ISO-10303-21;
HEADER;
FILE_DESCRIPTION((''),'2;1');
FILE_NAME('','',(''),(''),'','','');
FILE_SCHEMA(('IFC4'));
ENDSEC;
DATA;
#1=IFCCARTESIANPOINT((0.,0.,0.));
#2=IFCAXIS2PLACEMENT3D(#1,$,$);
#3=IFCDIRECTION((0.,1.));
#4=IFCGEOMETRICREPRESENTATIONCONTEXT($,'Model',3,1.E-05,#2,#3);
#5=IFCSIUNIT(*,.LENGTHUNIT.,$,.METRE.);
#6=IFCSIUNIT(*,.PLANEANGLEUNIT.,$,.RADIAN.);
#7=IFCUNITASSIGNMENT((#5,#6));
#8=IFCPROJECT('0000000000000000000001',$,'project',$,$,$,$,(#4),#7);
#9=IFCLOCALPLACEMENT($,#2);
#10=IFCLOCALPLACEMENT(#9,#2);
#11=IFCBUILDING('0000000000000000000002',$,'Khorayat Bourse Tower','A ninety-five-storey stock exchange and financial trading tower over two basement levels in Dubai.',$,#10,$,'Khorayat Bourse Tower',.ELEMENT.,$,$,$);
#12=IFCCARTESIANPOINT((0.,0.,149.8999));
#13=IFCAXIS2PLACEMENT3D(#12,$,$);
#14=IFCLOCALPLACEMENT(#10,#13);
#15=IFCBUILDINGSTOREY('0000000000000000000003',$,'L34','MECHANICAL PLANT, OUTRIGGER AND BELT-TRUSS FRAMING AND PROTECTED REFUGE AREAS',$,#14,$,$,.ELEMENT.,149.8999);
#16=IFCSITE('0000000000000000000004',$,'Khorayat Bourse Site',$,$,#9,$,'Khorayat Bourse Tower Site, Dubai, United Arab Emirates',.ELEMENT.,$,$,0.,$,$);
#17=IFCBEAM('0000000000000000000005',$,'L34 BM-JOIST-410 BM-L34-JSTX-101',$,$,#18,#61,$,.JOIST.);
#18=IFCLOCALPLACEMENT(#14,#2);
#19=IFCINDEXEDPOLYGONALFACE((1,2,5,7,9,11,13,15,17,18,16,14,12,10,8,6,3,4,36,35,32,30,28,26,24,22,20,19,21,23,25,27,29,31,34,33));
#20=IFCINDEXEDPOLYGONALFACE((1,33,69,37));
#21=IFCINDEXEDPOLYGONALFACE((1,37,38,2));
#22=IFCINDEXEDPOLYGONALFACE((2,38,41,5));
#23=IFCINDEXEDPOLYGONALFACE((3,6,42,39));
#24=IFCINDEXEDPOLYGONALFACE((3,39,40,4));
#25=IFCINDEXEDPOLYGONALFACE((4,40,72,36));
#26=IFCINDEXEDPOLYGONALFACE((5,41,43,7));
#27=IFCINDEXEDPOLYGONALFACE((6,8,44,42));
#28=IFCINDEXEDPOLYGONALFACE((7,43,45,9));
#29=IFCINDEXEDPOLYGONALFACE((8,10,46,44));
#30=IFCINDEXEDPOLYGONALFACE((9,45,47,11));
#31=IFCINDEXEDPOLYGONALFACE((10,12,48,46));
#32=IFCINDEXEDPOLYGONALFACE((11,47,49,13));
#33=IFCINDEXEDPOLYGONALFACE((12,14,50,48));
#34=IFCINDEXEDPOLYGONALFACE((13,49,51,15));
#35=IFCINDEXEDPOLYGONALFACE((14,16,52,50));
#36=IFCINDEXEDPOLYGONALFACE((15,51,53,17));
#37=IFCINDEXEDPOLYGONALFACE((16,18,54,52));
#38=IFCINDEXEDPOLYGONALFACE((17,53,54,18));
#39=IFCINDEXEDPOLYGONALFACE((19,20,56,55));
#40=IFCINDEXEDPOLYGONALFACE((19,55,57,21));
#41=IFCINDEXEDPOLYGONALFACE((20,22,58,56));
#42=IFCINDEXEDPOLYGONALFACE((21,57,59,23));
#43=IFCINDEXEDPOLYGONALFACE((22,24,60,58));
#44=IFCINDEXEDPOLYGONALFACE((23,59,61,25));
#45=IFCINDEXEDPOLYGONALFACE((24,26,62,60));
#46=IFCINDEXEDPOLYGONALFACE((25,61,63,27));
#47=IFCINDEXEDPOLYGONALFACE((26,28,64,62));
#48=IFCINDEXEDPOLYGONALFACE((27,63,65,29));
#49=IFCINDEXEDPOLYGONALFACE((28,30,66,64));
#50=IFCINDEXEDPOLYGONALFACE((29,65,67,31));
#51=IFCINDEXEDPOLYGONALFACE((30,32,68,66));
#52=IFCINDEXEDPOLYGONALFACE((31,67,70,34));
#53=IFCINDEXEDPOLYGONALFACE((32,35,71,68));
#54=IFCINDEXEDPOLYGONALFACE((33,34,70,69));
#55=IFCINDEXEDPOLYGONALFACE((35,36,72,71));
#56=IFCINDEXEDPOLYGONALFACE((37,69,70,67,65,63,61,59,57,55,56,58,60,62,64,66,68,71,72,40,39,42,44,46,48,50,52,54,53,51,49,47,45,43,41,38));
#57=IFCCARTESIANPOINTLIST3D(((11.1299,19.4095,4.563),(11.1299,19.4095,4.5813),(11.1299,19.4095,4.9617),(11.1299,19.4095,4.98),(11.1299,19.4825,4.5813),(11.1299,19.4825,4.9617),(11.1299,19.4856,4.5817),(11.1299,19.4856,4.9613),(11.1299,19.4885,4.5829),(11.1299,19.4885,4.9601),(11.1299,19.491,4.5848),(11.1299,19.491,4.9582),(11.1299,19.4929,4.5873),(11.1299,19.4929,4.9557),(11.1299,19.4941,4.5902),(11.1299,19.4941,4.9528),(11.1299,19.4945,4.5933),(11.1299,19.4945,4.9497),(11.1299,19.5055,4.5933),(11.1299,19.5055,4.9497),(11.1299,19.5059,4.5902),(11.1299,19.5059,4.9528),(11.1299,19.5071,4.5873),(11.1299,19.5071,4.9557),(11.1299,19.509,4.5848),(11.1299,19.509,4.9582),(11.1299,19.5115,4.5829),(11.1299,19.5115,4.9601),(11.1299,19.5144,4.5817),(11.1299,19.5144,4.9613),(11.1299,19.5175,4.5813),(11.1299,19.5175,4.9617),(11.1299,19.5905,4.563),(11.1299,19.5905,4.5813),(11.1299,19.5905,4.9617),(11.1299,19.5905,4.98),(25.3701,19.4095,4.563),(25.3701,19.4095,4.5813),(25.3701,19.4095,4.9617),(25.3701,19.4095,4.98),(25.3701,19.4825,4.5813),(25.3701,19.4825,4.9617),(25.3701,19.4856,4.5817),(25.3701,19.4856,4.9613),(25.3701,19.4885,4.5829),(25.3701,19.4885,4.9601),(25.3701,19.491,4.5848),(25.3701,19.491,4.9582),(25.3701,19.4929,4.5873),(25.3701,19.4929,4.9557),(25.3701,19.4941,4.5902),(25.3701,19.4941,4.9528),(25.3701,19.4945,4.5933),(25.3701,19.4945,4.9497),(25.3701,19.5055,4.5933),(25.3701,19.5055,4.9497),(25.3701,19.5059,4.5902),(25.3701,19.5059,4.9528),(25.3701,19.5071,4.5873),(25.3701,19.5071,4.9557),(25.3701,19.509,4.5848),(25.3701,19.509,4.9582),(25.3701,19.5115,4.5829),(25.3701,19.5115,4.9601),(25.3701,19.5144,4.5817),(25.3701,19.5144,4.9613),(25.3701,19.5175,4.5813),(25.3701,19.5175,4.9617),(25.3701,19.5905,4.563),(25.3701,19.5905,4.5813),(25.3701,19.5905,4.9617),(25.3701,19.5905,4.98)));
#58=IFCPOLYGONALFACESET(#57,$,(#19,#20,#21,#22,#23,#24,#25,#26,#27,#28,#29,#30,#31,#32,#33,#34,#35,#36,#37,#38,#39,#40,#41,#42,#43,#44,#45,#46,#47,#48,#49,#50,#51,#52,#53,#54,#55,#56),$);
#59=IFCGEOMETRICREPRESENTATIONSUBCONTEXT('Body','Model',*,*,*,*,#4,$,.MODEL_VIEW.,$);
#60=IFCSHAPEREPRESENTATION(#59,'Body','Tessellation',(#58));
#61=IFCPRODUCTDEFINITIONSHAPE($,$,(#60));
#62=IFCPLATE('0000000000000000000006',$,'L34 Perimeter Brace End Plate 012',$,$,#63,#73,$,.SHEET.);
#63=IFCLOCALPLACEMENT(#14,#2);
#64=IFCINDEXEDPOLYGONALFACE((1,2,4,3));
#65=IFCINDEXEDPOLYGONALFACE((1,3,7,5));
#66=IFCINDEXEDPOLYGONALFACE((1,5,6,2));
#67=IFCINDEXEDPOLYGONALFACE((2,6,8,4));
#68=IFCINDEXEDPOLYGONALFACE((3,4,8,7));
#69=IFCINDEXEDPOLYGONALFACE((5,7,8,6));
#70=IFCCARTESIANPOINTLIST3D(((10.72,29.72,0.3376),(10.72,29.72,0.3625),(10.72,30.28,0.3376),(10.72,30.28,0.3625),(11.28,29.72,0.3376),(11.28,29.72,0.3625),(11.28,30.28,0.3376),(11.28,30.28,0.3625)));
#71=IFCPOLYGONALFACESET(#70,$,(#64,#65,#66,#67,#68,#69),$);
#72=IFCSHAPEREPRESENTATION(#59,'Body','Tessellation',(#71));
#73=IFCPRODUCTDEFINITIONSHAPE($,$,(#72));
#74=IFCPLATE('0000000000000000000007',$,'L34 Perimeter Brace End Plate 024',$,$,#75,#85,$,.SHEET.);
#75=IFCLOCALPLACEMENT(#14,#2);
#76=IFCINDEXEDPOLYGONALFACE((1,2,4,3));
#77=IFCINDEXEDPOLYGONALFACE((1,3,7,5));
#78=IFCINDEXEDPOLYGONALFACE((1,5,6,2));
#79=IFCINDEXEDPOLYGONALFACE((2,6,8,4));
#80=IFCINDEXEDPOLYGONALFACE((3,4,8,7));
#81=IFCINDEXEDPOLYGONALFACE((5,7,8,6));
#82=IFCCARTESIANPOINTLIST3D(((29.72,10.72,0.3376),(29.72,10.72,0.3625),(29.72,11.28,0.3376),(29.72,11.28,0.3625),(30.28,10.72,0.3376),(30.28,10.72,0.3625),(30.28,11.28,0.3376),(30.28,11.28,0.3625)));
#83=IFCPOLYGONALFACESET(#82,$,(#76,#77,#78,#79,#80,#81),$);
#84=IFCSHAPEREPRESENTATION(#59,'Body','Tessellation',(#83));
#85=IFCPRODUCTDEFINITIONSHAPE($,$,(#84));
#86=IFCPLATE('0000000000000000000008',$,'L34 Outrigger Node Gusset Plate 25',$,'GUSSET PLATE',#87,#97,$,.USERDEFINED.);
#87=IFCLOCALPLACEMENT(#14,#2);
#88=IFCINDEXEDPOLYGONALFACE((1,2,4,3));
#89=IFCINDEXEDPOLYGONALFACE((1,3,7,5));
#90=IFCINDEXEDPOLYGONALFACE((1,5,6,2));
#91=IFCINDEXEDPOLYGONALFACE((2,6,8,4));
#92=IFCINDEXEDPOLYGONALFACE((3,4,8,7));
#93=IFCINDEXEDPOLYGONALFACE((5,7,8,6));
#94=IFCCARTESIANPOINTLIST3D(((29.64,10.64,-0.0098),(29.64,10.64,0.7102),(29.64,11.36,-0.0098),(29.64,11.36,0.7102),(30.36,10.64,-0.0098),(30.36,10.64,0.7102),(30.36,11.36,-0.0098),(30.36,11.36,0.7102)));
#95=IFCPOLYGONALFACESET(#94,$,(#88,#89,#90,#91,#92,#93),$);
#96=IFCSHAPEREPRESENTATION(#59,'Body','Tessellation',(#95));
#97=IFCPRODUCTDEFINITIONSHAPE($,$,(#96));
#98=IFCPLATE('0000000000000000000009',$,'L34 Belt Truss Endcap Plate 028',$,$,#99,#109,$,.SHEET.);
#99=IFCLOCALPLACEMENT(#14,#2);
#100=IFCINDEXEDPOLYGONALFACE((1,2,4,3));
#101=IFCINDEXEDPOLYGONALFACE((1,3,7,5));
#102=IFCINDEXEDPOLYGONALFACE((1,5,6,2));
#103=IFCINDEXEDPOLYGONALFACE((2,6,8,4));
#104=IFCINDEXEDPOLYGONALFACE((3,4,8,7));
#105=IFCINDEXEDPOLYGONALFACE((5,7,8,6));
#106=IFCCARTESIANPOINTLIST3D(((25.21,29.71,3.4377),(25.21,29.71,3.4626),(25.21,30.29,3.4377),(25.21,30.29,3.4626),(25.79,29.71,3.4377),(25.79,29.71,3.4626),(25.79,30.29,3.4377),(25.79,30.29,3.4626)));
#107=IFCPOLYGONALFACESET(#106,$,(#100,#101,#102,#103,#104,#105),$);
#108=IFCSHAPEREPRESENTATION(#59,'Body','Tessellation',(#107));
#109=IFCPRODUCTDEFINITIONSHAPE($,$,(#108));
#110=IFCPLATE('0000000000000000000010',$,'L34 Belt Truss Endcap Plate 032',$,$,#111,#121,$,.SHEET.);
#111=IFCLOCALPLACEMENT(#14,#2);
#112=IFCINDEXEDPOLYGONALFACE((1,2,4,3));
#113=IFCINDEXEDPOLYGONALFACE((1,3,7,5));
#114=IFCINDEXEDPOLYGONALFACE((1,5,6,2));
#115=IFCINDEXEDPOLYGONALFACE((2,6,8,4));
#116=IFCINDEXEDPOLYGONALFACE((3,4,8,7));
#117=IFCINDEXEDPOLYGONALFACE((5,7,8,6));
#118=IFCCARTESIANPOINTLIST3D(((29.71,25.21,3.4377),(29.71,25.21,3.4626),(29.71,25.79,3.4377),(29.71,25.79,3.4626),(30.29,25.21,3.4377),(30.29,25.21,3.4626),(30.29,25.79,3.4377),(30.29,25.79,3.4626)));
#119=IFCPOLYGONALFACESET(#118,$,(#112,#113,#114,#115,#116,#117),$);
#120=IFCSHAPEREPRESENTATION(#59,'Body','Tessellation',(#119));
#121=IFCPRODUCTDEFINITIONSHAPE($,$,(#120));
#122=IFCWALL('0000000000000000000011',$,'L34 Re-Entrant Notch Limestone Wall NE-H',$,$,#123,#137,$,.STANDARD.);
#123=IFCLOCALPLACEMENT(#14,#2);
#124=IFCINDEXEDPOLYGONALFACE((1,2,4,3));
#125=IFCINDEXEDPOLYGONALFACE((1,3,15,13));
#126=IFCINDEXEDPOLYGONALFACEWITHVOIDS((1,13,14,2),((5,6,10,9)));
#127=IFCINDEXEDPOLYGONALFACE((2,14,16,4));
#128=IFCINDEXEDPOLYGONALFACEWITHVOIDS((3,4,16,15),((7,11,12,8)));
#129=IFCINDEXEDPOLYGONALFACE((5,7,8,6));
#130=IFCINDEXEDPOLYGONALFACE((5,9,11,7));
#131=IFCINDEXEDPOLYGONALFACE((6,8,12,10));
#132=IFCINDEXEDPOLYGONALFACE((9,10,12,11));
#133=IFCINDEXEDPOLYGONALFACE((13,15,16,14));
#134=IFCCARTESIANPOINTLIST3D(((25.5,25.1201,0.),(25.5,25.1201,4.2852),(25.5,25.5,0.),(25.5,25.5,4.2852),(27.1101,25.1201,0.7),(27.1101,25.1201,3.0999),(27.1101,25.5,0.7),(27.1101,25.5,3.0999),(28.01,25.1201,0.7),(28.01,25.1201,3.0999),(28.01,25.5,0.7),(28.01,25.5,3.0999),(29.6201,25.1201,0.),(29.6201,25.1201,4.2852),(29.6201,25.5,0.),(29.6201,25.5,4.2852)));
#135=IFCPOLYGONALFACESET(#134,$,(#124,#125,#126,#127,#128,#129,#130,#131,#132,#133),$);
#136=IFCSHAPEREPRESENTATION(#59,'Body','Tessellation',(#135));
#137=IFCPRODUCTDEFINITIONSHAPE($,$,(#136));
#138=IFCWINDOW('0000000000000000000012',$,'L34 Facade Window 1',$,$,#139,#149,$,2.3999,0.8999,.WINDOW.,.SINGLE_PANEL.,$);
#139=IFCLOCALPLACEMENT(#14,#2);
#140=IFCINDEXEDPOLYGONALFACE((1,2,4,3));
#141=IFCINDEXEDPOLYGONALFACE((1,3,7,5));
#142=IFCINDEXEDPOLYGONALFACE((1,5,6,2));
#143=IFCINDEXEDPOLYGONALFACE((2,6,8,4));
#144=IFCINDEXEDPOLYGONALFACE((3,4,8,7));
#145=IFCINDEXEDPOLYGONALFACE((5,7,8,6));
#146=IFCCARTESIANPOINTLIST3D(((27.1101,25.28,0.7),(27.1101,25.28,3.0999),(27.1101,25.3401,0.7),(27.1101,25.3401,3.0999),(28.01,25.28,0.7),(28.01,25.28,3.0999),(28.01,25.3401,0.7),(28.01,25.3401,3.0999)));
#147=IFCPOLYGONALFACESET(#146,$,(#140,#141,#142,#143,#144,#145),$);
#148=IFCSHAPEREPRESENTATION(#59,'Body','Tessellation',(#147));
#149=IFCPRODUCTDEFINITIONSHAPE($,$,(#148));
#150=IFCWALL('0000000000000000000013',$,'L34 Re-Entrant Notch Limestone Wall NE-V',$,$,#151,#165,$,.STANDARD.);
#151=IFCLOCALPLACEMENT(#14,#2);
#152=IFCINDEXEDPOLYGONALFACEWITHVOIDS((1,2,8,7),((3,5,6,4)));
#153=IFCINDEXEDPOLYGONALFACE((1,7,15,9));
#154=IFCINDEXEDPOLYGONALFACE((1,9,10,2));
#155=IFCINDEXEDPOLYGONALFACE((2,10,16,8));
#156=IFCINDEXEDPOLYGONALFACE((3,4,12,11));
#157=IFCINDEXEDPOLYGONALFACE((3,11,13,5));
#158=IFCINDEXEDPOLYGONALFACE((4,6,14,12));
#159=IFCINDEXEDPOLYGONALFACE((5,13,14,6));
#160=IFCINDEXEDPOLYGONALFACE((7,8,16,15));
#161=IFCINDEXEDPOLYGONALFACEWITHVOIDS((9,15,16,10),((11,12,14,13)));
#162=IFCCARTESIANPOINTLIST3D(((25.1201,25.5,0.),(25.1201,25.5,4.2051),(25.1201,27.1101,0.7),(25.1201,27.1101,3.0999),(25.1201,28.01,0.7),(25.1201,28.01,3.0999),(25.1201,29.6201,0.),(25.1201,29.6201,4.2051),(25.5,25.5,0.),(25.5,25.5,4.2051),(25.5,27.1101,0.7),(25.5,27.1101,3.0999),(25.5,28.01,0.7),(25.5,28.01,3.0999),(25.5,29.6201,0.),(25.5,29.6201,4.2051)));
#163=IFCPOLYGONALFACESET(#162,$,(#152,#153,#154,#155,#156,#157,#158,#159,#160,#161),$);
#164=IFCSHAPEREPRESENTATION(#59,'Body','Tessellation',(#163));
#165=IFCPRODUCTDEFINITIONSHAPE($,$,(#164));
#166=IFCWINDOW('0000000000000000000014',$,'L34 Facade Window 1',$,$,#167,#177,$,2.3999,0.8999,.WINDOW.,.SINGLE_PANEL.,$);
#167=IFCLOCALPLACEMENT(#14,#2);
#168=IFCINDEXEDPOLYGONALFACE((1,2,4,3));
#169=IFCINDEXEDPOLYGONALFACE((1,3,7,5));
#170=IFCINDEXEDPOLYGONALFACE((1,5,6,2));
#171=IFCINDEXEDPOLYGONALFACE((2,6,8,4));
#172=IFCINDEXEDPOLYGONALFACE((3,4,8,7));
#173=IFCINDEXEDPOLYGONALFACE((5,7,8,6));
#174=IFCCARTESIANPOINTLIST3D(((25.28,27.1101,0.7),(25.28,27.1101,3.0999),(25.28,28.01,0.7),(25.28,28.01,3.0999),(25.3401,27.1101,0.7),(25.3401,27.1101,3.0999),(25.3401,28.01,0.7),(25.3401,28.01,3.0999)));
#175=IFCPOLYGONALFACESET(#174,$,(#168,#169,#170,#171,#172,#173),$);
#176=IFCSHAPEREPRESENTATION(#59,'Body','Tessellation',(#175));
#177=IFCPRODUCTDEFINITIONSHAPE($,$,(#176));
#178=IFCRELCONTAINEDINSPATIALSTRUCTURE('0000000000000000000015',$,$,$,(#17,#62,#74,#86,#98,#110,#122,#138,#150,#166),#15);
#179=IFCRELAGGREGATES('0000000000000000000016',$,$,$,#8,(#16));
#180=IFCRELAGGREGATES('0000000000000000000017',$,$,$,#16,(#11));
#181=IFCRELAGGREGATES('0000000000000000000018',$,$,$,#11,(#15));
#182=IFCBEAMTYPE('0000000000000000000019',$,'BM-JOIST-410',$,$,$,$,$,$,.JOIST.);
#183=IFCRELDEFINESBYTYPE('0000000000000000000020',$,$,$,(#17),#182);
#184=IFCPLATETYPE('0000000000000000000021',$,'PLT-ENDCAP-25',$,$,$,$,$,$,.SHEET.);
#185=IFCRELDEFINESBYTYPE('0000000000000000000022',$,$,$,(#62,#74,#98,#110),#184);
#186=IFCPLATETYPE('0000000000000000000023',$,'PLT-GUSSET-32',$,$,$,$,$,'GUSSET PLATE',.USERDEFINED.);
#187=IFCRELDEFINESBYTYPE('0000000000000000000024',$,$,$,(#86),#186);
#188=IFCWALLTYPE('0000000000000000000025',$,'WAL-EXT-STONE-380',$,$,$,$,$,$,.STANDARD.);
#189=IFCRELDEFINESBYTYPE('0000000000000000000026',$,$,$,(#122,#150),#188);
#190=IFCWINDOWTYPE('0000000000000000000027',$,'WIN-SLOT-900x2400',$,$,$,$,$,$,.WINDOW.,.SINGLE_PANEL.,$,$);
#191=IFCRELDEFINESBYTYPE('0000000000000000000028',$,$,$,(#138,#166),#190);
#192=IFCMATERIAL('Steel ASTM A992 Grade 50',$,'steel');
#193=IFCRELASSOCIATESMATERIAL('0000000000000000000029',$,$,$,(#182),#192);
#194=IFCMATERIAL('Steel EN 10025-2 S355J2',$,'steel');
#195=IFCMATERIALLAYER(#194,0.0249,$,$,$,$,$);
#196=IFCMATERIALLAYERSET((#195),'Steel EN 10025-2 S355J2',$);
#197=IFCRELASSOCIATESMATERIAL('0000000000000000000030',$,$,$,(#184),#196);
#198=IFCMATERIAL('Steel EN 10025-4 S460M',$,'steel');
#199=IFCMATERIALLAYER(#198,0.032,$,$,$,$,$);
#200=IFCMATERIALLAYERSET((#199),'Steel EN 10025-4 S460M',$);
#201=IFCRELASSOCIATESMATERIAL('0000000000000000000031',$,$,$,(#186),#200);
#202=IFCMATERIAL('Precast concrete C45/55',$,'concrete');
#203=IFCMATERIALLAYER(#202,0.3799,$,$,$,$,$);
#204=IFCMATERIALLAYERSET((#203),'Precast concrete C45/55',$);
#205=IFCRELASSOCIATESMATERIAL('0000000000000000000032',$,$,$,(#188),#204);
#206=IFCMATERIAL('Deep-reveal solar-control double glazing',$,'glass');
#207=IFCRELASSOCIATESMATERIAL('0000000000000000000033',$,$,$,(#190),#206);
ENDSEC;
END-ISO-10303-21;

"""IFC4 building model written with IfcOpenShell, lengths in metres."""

from ifc_helpers import new_model, si_unit, direction, frame, frame_2d, origin, origin_2d, place, context, subcontext, project, spatial, rectangle, i_section, extrude, source, transform, mapped, material, layer, layer_set, material_profile, profile_set, type_object, element, fill, save


model = new_model("IFC4")

# Units and contexts
model_context = context("Model", 3, precision=1e-05, world=origin(), true_north=direction((0.0, 1.0)))
body_context = subcontext(model_context, "Body", "Model", "MODEL_VIEW")
ifc_project = project(units=[si_unit("LENGTHUNIT", "METRE"), si_unit("PLANEANGLEUNIT", "RADIAN")], contexts=[model_context])

# Site, building, storey
site_placement = place(None, origin())
site = spatial("IfcSite", under=ifc_project, at=site_placement, Name="Khorayat Bourse Site", LongName="Khorayat Bourse Tower Site, Dubai, United Arab Emirates", CompositionType="ELEMENT", RefElevation=0.0)
building_placement = place(site_placement, origin())
building = spatial("IfcBuilding", under=site, at=building_placement, Name="Khorayat Bourse Tower", Description="A ninety-five-storey stock exchange and financial trading tower over two basement levels in Dubai.", LongName="Khorayat Bourse Tower", CompositionType="ELEMENT")
storey_placement = place(building_placement, frame((0.0, 0.0, 149.8999)))
storey = spatial("IfcBuildingStorey", under=building, at=storey_placement, Name="L34", Description="MECHANICAL PLANT, OUTRIGGER AND BELT-TRUSS FRAMING AND PROTECTED REFUGE AREAS", CompositionType="ELEMENT", Elevation=149.8999)

# Shared definitions
ifc_material_1 = material(Name="Steel EN 10025-4 S460M", Category="steel")

# Beam
ifc_material_2 = material(Name="Steel ASTM A992 Grade 50", Category="steel")
ifc_material_profile_1 = material_profile(ifc_material_2, i_section(OverallWidth=0.1809, OverallDepth=0.417, WebThickness=0.011, FlangeThickness=0.0183, FilletRadius=0.012, at=origin_2d()), Name="W410X85")
ifc_profile_set_1 = profile_set([ifc_material_profile_1], Name="Steel ASTM A992 Grade 50")
beam_type_1 = type_object("IfcBeamType", Name="BM-JOIST-410", PredefinedType="JOIST", material=ifc_profile_set_1)
shared_shape_1 = source(origin(), body_context, "Body", "SweptSolid", [
    extrude(i_section(OverallWidth=0.1809, OverallDepth=0.417, WebThickness=0.011, FlangeThickness=0.0183, FilletRadius=0.012, at=origin_2d()), origin(), (0.0, 0.0, 1.0), 14.2402),
])
beam_1_placement = place(storey_placement, frame((11.1299, 19.5, 4.7715), z_axis=(1.0, 0.0, 0.0), x_axis=(0.0, 1.0, 0.0)))
element("IfcBeam", 1, at=beam_1_placement, inside=storey, type_object=beam_type_1, Name="L34 BM-JOIST-410 BM-L34-JSTX-101", PredefinedType="JOIST", context=body_context, shape_type="MappedRepresentation", body=[
    mapped(shared_shape_1, transform((0.0, 0.0, 0.0), scale=1.0)),
])

# Plates
ifc_material_3 = material(Name="Steel EN 10025-2 S355J2", Category="steel")
ifc_layer_1 = layer(ifc_material_3, 0.0249)
ifc_layer_set_1 = layer_set([ifc_layer_1], Name="Steel EN 10025-2 S355J2")
plate_type_1 = type_object("IfcPlateType", Name="PLT-ENDCAP-25", PredefinedType="SHEET", material=ifc_layer_set_1)
shared_shape_2 = source(origin(), body_context, "Body", "SweptSolid", [
    extrude(rectangle(XDim=0.5601, YDim=0.5601, at=origin_2d()), origin(), (0.0, 0.0, 1.0), 0.0249),
])
for number, where, z_axis, x_axis, name in (
    (2, (11.0, 30.0, 0.3376), (0.0, 0.0, 1.0), (1.0, 0.0, 0.0), "L34 Perimeter Brace End Plate 012"),
    (3, (30.0, 11.0, 0.3376), (0.0, 0.0, 1.0), (1.0, 0.0, 0.0), "L34 Perimeter Brace End Plate 024"),
):
    element("IfcPlate", number, at=place(storey_placement, frame(where, z_axis=z_axis, x_axis=x_axis)), inside=storey, type_object=plate_type_1, Name=name, PredefinedType="SHEET", context=body_context, shape_type="MappedRepresentation", body=[
        mapped(shared_shape_2, transform((0.0, 0.0, 0.0), scale=1.0)),
    ])
ifc_layer_2 = layer(ifc_material_1, 0.032)
ifc_layer_set_2 = layer_set([ifc_layer_2], Name="Steel EN 10025-4 S460M")
plate_type_2 = type_object("IfcPlateType", Name="PLT-GUSSET-32", ElementType="GUSSET PLATE", PredefinedType="USERDEFINED", material=ifc_layer_set_2)
shared_shape_3 = source(origin(), body_context, "Body", "SweptSolid", [
    extrude(rectangle(XDim=0.72, YDim=0.72, at=origin_2d()), origin(), (0.0, 0.0, 1.0), 0.72),
])
plate_placement = place(storey_placement, frame((30.0, 11.0, -0.0098), z_axis=(0.0, 0.0, 1.0), x_axis=(1.0, 0.0, 0.0)))
element("IfcPlate", 4, at=plate_placement, inside=storey, type_object=plate_type_2, Name="L34 Outrigger Node Gusset Plate 25", ObjectType="GUSSET PLATE", PredefinedType="USERDEFINED", context=body_context, shape_type="MappedRepresentation", body=[
    mapped(shared_shape_3, transform((0.0, 0.0, 0.0), scale=1.0)),
])
shared_shape_4 = source(origin(), body_context, "Body", "SweptSolid", [
    extrude(rectangle(XDim=0.5801, YDim=0.5801, at=origin_2d()), origin(), (0.0, 0.0, 1.0), 0.0249),
])
for number, where, z_axis, x_axis, name in (
    (5, (25.5, 30.0, 3.4377), (0.0, 0.0, 1.0), (1.0, 0.0, 0.0), "L34 Belt Truss Endcap Plate 028"),
    (6, (30.0, 25.5, 3.4377), (0.0, 0.0, 1.0), (1.0, 0.0, 0.0), "L34 Belt Truss Endcap Plate 032"),
):
    element("IfcPlate", number, at=place(storey_placement, frame(where, z_axis=z_axis, x_axis=x_axis)), inside=storey, type_object=plate_type_1, Name=name, PredefinedType="SHEET", context=body_context, shape_type="MappedRepresentation", body=[
        mapped(shared_shape_4, transform((0.0, 0.0, 0.0), scale=1.0)),
    ])

# Walls, openings, windows
ifc_material_4 = material(Name="Precast concrete C45/55", Category="concrete")
ifc_layer_3 = layer(ifc_material_4, 0.3799)
ifc_layer_set_3 = layer_set([ifc_layer_3], Name="Precast concrete C45/55")
wall_type = type_object("IfcWallType", Name="WAL-EXT-STONE-380", PredefinedType="STANDARD", material=ifc_layer_set_3)
shared_shape_5 = source(origin(), body_context, "Body", "SweptSolid", [
    extrude(rectangle(XDim=4.1201, YDim=0.3799, at=frame_2d((2.0601, 0.0))), origin(), (0.0, 0.0, 1.0), 4.2852),
])
wall_1_placement = place(storey_placement, frame((25.5, 25.3101, 0.0), z_axis=(0.0, 0.0, 1.0), x_axis=(1.0, 0.0, 0.0)))
wall_1 = element("IfcWall", 7, at=wall_1_placement, inside=storey, type_object=wall_type, Name="L34 Re-Entrant Notch Limestone Wall NE-H", PredefinedType="STANDARD", context=body_context, shape_type="MappedRepresentation", body=[
    mapped(shared_shape_5, transform((0.0, 0.0, 0.0), scale=1.0)),
])
shared_shape_6 = source(origin(), body_context, "Body", "SweptSolid", [
    extrude(rectangle(XDim=0.8999, YDim=2.3999, at=frame_2d((0.45, 1.2))), frame((0.0, 0.2, 0.0), z_axis=(0.0, -1.0, 0.0), x_axis=(1.0, 0.0, 0.0)), (0.0, 0.0, 1.0), 0.3999),
])
opening_1_placement = place(wall_1_placement, frame((1.6101, 0.0, 0.7)))
opening_1 = element("IfcOpeningElement", 8, at=opening_1_placement, cuts=wall_1, PredefinedType="OPENING", context=body_context, shape_type="MappedRepresentation", body=[
    mapped(shared_shape_6, transform((0.0, 0.0, 0.0), scale=1.0)),
])
ifc_material_5 = material(Name="Deep-reveal solar-control double glazing", Category="glass")
window_type = type_object("IfcWindowType", Name="WIN-SLOT-900x2400", PartitioningType="SINGLE_PANEL", PredefinedType="WINDOW", material=ifc_material_5)
shared_shape_7 = source(origin(), body_context, "Body", "SweptSolid", [
    extrude(rectangle(XDim=0.8999, YDim=2.3999, at=frame_2d((0.45, 1.2))), frame((0.0, 0.03, 0.0), z_axis=(0.0, -1.0, 0.0), x_axis=(1.0, 0.0, 0.0)), (0.0, 0.0, 1.0), 0.0601),
])
window_1_placement = place(opening_1_placement, origin())
window_1 = element("IfcWindow", 9, at=window_1_placement, inside=storey, type_object=window_type, Name="L34 Facade Window 1", OverallHeight=2.3999, OverallWidth=0.8999, PartitioningType="SINGLE_PANEL", PredefinedType="WINDOW", context=body_context, shape_type="MappedRepresentation", body=[
    mapped(shared_shape_7, transform((0.0, 0.0, 0.0), scale=1.0)),
])
fill(opening_1, window_1)
shared_shape_8 = source(origin(), body_context, "Body", "SweptSolid", [
    extrude(rectangle(XDim=4.1201, YDim=0.3799, at=frame_2d((2.0601, 0.0))), origin(), (0.0, 0.0, 1.0), 4.2051),
])
wall_2_placement = place(storey_placement, frame((25.3101, 25.5, 0.0), z_axis=(0.0, 0.0, 1.0), x_axis=(0.0, 1.0, 0.0)))
wall_2 = element("IfcWall", 10, at=wall_2_placement, inside=storey, type_object=wall_type, Name="L34 Re-Entrant Notch Limestone Wall NE-V", PredefinedType="STANDARD", context=body_context, shape_type="MappedRepresentation", body=[
    mapped(shared_shape_8, transform((0.0, 0.0, 0.0), scale=1.0)),
])
opening_2_placement = place(wall_2_placement, frame((1.6101, 0.0, 0.7)))
opening_2 = element("IfcOpeningElement", 11, at=opening_2_placement, cuts=wall_2, PredefinedType="OPENING", context=body_context, shape_type="MappedRepresentation", body=[
    mapped(shared_shape_6, transform((0.0, 0.0, 0.0), scale=1.0)),
])
window_2_placement = place(opening_2_placement, origin())
window_2 = element("IfcWindow", 12, at=window_2_placement, inside=storey, type_object=window_type, Name="L34 Facade Window 1", OverallHeight=2.3999, OverallWidth=0.8999, PartitioningType="SINGLE_PANEL", PredefinedType="WINDOW", context=body_context, shape_type="MappedRepresentation", body=[
    mapped(shared_shape_7, transform((0.0, 0.0, 0.0), scale=1.0)),
])
fill(opening_2, window_2)

save(model, "model.ifc")
